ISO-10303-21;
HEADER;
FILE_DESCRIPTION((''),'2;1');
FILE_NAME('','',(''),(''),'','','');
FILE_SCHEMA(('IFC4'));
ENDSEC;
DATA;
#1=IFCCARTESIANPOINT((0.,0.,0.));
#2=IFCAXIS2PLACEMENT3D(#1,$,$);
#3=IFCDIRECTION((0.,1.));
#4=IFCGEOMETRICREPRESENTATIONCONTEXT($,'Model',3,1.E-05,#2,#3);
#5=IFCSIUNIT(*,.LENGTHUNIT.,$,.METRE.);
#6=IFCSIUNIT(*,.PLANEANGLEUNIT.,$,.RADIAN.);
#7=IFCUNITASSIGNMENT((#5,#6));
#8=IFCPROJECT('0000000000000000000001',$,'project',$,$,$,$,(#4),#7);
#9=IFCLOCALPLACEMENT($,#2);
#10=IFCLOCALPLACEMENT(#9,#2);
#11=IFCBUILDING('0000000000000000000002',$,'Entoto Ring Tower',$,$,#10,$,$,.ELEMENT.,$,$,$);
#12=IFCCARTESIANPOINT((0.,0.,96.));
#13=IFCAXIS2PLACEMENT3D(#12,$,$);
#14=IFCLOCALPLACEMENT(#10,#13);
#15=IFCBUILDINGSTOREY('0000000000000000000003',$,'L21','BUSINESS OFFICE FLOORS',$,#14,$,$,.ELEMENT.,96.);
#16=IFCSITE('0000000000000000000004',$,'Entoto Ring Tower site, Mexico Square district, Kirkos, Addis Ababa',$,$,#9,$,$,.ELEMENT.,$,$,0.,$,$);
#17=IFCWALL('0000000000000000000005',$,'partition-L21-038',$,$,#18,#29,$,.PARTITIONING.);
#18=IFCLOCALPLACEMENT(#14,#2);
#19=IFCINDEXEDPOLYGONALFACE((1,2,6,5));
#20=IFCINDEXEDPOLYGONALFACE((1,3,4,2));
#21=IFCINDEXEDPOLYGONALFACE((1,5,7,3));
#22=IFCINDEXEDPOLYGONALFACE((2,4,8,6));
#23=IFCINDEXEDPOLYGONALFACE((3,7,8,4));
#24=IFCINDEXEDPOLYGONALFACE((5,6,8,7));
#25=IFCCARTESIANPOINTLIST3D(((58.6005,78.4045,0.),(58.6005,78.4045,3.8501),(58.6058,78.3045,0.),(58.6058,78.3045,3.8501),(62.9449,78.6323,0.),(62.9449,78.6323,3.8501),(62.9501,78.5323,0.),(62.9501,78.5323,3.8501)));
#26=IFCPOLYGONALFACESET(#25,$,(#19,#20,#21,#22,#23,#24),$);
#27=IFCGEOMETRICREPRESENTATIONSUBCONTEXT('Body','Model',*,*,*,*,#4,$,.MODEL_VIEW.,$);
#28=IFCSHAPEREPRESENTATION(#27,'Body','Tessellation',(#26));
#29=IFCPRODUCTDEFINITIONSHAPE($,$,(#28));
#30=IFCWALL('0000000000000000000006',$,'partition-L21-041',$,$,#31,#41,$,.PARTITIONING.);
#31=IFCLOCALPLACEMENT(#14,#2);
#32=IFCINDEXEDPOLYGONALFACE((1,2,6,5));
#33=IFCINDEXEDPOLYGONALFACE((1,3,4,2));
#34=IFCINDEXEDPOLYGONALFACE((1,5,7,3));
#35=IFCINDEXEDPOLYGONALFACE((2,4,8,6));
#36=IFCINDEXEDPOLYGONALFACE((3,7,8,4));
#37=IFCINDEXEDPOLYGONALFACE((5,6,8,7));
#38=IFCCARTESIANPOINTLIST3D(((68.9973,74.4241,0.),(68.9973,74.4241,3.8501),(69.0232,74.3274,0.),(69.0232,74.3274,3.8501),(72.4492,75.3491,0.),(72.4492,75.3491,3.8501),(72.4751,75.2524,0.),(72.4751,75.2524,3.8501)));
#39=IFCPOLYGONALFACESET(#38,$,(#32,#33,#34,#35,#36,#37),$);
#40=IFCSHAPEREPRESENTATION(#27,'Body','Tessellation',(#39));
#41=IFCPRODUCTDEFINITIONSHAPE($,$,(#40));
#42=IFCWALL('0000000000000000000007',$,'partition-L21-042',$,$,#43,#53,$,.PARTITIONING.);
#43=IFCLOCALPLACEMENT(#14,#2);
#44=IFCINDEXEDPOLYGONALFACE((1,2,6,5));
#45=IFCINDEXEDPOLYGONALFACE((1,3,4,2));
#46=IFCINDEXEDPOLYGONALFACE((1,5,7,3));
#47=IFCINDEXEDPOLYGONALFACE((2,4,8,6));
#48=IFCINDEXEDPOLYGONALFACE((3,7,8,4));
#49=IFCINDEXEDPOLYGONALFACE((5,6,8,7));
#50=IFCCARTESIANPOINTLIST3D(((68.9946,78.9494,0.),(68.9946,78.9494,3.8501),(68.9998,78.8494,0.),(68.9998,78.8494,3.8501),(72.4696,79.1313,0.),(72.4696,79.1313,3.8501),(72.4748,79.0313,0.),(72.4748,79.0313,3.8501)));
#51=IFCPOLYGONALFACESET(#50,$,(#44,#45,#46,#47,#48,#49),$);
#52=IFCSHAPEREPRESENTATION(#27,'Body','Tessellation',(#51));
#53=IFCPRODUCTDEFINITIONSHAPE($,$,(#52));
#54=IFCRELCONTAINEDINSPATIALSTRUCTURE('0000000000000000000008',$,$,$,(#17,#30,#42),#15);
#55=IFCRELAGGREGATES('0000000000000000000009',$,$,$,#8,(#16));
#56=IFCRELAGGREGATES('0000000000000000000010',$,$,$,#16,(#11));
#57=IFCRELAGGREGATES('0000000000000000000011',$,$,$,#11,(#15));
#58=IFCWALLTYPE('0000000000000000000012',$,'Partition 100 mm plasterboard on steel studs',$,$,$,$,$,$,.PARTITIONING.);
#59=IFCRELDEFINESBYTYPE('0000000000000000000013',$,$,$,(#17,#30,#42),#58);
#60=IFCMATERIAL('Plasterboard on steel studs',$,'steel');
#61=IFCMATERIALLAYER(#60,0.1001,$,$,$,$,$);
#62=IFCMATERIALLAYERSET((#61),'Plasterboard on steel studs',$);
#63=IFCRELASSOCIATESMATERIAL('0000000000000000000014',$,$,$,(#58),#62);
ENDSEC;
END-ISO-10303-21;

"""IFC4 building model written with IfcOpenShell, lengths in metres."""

from ifc_helpers import new_model, si_unit, direction, frame, frame_2d, origin, place, context, subcontext, project, spatial, rectangle, extrude, material, layer, layer_set, type_object, element, save


model = new_model("IFC4")

# Units and contexts
model_context = context("Model", 3, precision=1e-05, world=origin(), true_north=direction((0.0, 1.0)))
body_context = subcontext(model_context, "Body", "Model", "MODEL_VIEW")
ifc_project = project(units=[si_unit("LENGTHUNIT", "METRE"), si_unit("PLANEANGLEUNIT", "RADIAN")], contexts=[model_context])

# Site, building, storey
site_placement = place(None, origin())
site = spatial("IfcSite", under=ifc_project, at=site_placement, Name="Entoto Ring Tower site, Mexico Square district, Kirkos, Addis Ababa", CompositionType="ELEMENT", RefElevation=0.0)
building_placement = place(site_placement, origin())
building = spatial("IfcBuilding", under=site, at=building_placement, Name="Entoto Ring Tower", CompositionType="ELEMENT")
storey_placement = place(building_placement, frame((0.0, 0.0, 96.0)))
storey = spatial("IfcBuildingStorey", under=building, at=storey_placement, Name="L21", Description="BUSINESS OFFICE FLOORS", CompositionType="ELEMENT", Elevation=96.0)

# Shared definitions
ifc_material_1 = material(Name="Plasterboard on steel studs", Category="steel")
ifc_layer = layer(ifc_material_1, 0.1001)
ifc_layer_set = layer_set([ifc_layer], Name="Plasterboard on steel studs")
wall_type = type_object("IfcWallType", Name="Partition 100 mm plasterboard on steel studs", PredefinedType="PARTITIONING", material=ifc_layer_set)

# Walls
wall_1_placement = place(storey_placement, frame((58.603, 78.3545, 0.0), z_axis=(0.0, 0.0, 1.0), x_axis=(0.998628, 0.052359, 0.0)))
element("IfcWall", 1, at=wall_1_placement, inside=storey, type_object=wall_type, Name="partition-L21-038", PredefinedType="PARTITIONING", context=body_context, shape_type="SweptSolid", body=[
    extrude(rectangle(XDim=4.3503, YDim=0.1001, at=frame_2d((2.1753, 0.0))), origin(), (0.0, 0.0, 1.0), 3.8501),
])
wall_2_placement = place(storey_placement, frame((69.0103, 74.3757, 0.0), z_axis=(0.0, 0.0, 1.0), x_axis=(0.965918, 0.258849, 0.0)))
element("IfcWall", 2, at=wall_2_placement, inside=storey, type_object=wall_type, Name="partition-L21-041", PredefinedType="PARTITIONING", context=body_context, shape_type="SweptSolid", body=[
    extrude(rectangle(XDim=3.5737, YDim=0.1001, at=frame_2d((1.7869, 0.0))), origin(), (0.0, 0.0, 1.0), 3.8501),
])
wall_3_placement = place(storey_placement, frame((68.9973, 78.8994, 0.0), z_axis=(0.0, 0.0, 1.0), x_axis=(0.998633, 0.052268, 0.0)))
element("IfcWall", 3, at=wall_3_placement, inside=storey, type_object=wall_type, Name="partition-L21-042", PredefinedType="PARTITIONING", context=body_context, shape_type="SweptSolid", body=[
    extrude(rectangle(XDim=3.4797, YDim=0.1001, at=frame_2d((1.7397, 0.0))), origin(), (0.0, 0.0, 1.0), 3.8501),
])

save(model, "model.ifc")
